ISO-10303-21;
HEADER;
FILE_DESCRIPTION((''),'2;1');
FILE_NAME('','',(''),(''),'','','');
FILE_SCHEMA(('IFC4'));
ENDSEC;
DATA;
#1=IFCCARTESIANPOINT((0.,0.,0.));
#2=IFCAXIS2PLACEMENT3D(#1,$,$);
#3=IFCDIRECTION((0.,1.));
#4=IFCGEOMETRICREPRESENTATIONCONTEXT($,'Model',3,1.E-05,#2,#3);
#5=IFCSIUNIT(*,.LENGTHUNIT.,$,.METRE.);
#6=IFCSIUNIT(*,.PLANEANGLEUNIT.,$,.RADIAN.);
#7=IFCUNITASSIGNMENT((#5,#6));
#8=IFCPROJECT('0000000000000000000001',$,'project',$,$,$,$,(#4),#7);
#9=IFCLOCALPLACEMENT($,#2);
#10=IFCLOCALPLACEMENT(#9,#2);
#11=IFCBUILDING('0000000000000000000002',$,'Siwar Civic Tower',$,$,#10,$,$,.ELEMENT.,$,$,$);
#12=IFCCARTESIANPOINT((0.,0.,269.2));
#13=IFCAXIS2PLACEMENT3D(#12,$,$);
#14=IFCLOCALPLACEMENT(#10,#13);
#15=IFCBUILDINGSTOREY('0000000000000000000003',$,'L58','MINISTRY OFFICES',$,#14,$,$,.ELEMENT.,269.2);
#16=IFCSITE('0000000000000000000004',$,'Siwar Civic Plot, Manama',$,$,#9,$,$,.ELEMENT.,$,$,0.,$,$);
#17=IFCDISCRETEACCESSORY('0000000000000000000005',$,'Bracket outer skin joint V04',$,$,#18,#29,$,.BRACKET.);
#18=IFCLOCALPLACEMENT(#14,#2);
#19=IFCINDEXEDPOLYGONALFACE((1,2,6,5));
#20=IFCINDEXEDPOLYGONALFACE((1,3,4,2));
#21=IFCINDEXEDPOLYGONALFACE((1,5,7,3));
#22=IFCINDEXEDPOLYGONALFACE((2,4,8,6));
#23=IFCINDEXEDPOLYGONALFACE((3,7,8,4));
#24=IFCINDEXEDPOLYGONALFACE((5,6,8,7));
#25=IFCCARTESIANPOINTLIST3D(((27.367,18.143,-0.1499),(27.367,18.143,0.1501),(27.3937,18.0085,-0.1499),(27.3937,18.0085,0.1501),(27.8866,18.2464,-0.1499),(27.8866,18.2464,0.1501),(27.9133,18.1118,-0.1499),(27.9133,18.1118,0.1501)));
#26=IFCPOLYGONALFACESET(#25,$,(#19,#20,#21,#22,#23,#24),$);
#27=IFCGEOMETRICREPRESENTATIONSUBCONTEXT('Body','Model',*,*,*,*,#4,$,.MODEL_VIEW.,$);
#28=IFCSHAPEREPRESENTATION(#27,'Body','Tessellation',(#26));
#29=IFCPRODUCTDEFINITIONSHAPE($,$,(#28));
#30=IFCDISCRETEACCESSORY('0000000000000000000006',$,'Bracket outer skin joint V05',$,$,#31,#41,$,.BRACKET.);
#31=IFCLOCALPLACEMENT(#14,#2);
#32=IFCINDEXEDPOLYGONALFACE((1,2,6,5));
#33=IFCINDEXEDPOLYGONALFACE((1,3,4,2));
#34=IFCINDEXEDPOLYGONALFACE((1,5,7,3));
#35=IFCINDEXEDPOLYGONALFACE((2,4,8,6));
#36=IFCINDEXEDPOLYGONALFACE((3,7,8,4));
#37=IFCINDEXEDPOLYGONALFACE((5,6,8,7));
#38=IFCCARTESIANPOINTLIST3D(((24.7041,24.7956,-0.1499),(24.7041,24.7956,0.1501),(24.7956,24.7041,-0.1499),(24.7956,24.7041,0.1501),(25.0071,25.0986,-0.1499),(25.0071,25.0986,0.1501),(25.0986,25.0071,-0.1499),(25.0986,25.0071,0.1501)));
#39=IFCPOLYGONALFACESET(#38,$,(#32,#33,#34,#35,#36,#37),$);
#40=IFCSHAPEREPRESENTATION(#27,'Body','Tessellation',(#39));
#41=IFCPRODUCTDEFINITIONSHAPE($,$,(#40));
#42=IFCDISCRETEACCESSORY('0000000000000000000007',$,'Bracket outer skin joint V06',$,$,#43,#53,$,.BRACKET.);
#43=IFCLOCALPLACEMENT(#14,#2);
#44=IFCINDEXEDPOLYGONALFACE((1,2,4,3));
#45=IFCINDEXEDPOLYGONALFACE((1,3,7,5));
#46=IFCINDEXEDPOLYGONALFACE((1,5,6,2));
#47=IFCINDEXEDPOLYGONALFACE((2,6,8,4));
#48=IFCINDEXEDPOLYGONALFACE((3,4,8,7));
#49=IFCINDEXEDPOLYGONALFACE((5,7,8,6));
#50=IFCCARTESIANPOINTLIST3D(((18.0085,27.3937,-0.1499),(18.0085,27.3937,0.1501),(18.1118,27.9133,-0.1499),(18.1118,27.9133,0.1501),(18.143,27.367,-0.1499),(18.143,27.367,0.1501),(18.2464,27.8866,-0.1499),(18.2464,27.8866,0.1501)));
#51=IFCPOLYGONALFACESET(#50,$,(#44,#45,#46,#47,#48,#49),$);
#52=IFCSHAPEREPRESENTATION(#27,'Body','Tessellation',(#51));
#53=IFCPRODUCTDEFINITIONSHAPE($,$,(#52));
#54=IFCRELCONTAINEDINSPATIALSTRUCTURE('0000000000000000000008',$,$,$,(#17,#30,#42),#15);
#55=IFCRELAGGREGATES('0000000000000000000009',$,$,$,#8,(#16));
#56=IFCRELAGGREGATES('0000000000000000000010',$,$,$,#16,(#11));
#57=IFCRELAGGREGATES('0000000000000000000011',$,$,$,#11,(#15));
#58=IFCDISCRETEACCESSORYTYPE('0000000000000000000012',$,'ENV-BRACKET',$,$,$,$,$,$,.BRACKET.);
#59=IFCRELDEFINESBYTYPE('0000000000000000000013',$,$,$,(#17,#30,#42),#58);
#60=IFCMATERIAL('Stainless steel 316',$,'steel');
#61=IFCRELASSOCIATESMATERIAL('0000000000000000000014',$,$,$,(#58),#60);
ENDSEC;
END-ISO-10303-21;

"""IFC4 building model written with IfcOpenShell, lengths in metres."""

from ifc_helpers import new_model, si_unit, direction, frame, origin, origin_2d, place, context, subcontext, project, spatial, rectangle, extrude, material, type_object, element, save


model = new_model("IFC4")

# Units and contexts
model_context = context("Model", 3, precision=1e-05, world=origin(), true_north=direction((0.0, 1.0)))
body_context = subcontext(model_context, "Body", "Model", "MODEL_VIEW")
ifc_project = project(units=[si_unit("LENGTHUNIT", "METRE"), si_unit("PLANEANGLEUNIT", "RADIAN")], contexts=[model_context])

# Site, building, storey
site_placement = place(None, origin())
site = spatial("IfcSite", under=ifc_project, at=site_placement, Name="Siwar Civic Plot, Manama", CompositionType="ELEMENT", RefElevation=0.0)
building_placement = place(site_placement, origin())
building = spatial("IfcBuilding", under=site, at=building_placement, Name="Siwar Civic Tower", CompositionType="ELEMENT")
storey_placement = place(building_placement, frame((0.0, 0.0, 269.2)))
storey = spatial("IfcBuildingStorey", under=building, at=storey_placement, Name="L58", Description="MINISTRY OFFICES", CompositionType="ELEMENT", Elevation=269.2)

# Discrete accessories
ifc_material_1 = material(Name="Stainless steel 316", Category="steel")
discrete_accessory_type = type_object("IfcDiscreteAccessoryType", Name="ENV-BRACKET", PredefinedType="BRACKET", material=ifc_material_1)
discrete_accessory_1_placement = place(storey_placement, frame((27.6401, 18.1274, -0.1499), z_axis=(0.0, 0.0, 1.0), x_axis=(0.980785, 0.19509, 0.0)))
element("IfcDiscreteAccessory", 1, at=discrete_accessory_1_placement, inside=storey, type_object=discrete_accessory_type, Name="Bracket outer skin joint V04", PredefinedType="BRACKET", context=body_context, shape_type="SweptSolid", body=[
    extrude(rectangle(XDim=0.5298, YDim=0.1372, at=origin_2d()), origin(), (0.0, 0.0, 1.0), 0.3),
])
discrete_accessory_2_placement = place(storey_placement, frame((24.9014, 24.9014, -0.1499), z_axis=(0.0, 0.0, 1.0), x_axis=(0.707107, 0.707107, 0.0)))
element("IfcDiscreteAccessory", 2, at=discrete_accessory_2_placement, inside=storey, type_object=discrete_accessory_type, Name="Bracket outer skin joint V05", PredefinedType="BRACKET", context=body_context, shape_type="SweptSolid", body=[
    extrude(rectangle(XDim=0.4285, YDim=0.1294, at=origin_2d()), origin(), (0.0, 0.0, 1.0), 0.3),
])
discrete_accessory_3_placement = place(storey_placement, frame((18.1274, 27.6401, -0.1499), z_axis=(0.0, 0.0, 1.0), x_axis=(0.19509, 0.980785, 0.0)))
element("IfcDiscreteAccessory", 3, at=discrete_accessory_3_placement, inside=storey, type_object=discrete_accessory_type, Name="Bracket outer skin joint V06", PredefinedType="BRACKET", context=body_context, shape_type="SweptSolid", body=[
    extrude(rectangle(XDim=0.5298, YDim=0.1372, at=origin_2d()), origin(), (0.0, 0.0, 1.0), 0.3),
])

save(model, "model.ifc")
